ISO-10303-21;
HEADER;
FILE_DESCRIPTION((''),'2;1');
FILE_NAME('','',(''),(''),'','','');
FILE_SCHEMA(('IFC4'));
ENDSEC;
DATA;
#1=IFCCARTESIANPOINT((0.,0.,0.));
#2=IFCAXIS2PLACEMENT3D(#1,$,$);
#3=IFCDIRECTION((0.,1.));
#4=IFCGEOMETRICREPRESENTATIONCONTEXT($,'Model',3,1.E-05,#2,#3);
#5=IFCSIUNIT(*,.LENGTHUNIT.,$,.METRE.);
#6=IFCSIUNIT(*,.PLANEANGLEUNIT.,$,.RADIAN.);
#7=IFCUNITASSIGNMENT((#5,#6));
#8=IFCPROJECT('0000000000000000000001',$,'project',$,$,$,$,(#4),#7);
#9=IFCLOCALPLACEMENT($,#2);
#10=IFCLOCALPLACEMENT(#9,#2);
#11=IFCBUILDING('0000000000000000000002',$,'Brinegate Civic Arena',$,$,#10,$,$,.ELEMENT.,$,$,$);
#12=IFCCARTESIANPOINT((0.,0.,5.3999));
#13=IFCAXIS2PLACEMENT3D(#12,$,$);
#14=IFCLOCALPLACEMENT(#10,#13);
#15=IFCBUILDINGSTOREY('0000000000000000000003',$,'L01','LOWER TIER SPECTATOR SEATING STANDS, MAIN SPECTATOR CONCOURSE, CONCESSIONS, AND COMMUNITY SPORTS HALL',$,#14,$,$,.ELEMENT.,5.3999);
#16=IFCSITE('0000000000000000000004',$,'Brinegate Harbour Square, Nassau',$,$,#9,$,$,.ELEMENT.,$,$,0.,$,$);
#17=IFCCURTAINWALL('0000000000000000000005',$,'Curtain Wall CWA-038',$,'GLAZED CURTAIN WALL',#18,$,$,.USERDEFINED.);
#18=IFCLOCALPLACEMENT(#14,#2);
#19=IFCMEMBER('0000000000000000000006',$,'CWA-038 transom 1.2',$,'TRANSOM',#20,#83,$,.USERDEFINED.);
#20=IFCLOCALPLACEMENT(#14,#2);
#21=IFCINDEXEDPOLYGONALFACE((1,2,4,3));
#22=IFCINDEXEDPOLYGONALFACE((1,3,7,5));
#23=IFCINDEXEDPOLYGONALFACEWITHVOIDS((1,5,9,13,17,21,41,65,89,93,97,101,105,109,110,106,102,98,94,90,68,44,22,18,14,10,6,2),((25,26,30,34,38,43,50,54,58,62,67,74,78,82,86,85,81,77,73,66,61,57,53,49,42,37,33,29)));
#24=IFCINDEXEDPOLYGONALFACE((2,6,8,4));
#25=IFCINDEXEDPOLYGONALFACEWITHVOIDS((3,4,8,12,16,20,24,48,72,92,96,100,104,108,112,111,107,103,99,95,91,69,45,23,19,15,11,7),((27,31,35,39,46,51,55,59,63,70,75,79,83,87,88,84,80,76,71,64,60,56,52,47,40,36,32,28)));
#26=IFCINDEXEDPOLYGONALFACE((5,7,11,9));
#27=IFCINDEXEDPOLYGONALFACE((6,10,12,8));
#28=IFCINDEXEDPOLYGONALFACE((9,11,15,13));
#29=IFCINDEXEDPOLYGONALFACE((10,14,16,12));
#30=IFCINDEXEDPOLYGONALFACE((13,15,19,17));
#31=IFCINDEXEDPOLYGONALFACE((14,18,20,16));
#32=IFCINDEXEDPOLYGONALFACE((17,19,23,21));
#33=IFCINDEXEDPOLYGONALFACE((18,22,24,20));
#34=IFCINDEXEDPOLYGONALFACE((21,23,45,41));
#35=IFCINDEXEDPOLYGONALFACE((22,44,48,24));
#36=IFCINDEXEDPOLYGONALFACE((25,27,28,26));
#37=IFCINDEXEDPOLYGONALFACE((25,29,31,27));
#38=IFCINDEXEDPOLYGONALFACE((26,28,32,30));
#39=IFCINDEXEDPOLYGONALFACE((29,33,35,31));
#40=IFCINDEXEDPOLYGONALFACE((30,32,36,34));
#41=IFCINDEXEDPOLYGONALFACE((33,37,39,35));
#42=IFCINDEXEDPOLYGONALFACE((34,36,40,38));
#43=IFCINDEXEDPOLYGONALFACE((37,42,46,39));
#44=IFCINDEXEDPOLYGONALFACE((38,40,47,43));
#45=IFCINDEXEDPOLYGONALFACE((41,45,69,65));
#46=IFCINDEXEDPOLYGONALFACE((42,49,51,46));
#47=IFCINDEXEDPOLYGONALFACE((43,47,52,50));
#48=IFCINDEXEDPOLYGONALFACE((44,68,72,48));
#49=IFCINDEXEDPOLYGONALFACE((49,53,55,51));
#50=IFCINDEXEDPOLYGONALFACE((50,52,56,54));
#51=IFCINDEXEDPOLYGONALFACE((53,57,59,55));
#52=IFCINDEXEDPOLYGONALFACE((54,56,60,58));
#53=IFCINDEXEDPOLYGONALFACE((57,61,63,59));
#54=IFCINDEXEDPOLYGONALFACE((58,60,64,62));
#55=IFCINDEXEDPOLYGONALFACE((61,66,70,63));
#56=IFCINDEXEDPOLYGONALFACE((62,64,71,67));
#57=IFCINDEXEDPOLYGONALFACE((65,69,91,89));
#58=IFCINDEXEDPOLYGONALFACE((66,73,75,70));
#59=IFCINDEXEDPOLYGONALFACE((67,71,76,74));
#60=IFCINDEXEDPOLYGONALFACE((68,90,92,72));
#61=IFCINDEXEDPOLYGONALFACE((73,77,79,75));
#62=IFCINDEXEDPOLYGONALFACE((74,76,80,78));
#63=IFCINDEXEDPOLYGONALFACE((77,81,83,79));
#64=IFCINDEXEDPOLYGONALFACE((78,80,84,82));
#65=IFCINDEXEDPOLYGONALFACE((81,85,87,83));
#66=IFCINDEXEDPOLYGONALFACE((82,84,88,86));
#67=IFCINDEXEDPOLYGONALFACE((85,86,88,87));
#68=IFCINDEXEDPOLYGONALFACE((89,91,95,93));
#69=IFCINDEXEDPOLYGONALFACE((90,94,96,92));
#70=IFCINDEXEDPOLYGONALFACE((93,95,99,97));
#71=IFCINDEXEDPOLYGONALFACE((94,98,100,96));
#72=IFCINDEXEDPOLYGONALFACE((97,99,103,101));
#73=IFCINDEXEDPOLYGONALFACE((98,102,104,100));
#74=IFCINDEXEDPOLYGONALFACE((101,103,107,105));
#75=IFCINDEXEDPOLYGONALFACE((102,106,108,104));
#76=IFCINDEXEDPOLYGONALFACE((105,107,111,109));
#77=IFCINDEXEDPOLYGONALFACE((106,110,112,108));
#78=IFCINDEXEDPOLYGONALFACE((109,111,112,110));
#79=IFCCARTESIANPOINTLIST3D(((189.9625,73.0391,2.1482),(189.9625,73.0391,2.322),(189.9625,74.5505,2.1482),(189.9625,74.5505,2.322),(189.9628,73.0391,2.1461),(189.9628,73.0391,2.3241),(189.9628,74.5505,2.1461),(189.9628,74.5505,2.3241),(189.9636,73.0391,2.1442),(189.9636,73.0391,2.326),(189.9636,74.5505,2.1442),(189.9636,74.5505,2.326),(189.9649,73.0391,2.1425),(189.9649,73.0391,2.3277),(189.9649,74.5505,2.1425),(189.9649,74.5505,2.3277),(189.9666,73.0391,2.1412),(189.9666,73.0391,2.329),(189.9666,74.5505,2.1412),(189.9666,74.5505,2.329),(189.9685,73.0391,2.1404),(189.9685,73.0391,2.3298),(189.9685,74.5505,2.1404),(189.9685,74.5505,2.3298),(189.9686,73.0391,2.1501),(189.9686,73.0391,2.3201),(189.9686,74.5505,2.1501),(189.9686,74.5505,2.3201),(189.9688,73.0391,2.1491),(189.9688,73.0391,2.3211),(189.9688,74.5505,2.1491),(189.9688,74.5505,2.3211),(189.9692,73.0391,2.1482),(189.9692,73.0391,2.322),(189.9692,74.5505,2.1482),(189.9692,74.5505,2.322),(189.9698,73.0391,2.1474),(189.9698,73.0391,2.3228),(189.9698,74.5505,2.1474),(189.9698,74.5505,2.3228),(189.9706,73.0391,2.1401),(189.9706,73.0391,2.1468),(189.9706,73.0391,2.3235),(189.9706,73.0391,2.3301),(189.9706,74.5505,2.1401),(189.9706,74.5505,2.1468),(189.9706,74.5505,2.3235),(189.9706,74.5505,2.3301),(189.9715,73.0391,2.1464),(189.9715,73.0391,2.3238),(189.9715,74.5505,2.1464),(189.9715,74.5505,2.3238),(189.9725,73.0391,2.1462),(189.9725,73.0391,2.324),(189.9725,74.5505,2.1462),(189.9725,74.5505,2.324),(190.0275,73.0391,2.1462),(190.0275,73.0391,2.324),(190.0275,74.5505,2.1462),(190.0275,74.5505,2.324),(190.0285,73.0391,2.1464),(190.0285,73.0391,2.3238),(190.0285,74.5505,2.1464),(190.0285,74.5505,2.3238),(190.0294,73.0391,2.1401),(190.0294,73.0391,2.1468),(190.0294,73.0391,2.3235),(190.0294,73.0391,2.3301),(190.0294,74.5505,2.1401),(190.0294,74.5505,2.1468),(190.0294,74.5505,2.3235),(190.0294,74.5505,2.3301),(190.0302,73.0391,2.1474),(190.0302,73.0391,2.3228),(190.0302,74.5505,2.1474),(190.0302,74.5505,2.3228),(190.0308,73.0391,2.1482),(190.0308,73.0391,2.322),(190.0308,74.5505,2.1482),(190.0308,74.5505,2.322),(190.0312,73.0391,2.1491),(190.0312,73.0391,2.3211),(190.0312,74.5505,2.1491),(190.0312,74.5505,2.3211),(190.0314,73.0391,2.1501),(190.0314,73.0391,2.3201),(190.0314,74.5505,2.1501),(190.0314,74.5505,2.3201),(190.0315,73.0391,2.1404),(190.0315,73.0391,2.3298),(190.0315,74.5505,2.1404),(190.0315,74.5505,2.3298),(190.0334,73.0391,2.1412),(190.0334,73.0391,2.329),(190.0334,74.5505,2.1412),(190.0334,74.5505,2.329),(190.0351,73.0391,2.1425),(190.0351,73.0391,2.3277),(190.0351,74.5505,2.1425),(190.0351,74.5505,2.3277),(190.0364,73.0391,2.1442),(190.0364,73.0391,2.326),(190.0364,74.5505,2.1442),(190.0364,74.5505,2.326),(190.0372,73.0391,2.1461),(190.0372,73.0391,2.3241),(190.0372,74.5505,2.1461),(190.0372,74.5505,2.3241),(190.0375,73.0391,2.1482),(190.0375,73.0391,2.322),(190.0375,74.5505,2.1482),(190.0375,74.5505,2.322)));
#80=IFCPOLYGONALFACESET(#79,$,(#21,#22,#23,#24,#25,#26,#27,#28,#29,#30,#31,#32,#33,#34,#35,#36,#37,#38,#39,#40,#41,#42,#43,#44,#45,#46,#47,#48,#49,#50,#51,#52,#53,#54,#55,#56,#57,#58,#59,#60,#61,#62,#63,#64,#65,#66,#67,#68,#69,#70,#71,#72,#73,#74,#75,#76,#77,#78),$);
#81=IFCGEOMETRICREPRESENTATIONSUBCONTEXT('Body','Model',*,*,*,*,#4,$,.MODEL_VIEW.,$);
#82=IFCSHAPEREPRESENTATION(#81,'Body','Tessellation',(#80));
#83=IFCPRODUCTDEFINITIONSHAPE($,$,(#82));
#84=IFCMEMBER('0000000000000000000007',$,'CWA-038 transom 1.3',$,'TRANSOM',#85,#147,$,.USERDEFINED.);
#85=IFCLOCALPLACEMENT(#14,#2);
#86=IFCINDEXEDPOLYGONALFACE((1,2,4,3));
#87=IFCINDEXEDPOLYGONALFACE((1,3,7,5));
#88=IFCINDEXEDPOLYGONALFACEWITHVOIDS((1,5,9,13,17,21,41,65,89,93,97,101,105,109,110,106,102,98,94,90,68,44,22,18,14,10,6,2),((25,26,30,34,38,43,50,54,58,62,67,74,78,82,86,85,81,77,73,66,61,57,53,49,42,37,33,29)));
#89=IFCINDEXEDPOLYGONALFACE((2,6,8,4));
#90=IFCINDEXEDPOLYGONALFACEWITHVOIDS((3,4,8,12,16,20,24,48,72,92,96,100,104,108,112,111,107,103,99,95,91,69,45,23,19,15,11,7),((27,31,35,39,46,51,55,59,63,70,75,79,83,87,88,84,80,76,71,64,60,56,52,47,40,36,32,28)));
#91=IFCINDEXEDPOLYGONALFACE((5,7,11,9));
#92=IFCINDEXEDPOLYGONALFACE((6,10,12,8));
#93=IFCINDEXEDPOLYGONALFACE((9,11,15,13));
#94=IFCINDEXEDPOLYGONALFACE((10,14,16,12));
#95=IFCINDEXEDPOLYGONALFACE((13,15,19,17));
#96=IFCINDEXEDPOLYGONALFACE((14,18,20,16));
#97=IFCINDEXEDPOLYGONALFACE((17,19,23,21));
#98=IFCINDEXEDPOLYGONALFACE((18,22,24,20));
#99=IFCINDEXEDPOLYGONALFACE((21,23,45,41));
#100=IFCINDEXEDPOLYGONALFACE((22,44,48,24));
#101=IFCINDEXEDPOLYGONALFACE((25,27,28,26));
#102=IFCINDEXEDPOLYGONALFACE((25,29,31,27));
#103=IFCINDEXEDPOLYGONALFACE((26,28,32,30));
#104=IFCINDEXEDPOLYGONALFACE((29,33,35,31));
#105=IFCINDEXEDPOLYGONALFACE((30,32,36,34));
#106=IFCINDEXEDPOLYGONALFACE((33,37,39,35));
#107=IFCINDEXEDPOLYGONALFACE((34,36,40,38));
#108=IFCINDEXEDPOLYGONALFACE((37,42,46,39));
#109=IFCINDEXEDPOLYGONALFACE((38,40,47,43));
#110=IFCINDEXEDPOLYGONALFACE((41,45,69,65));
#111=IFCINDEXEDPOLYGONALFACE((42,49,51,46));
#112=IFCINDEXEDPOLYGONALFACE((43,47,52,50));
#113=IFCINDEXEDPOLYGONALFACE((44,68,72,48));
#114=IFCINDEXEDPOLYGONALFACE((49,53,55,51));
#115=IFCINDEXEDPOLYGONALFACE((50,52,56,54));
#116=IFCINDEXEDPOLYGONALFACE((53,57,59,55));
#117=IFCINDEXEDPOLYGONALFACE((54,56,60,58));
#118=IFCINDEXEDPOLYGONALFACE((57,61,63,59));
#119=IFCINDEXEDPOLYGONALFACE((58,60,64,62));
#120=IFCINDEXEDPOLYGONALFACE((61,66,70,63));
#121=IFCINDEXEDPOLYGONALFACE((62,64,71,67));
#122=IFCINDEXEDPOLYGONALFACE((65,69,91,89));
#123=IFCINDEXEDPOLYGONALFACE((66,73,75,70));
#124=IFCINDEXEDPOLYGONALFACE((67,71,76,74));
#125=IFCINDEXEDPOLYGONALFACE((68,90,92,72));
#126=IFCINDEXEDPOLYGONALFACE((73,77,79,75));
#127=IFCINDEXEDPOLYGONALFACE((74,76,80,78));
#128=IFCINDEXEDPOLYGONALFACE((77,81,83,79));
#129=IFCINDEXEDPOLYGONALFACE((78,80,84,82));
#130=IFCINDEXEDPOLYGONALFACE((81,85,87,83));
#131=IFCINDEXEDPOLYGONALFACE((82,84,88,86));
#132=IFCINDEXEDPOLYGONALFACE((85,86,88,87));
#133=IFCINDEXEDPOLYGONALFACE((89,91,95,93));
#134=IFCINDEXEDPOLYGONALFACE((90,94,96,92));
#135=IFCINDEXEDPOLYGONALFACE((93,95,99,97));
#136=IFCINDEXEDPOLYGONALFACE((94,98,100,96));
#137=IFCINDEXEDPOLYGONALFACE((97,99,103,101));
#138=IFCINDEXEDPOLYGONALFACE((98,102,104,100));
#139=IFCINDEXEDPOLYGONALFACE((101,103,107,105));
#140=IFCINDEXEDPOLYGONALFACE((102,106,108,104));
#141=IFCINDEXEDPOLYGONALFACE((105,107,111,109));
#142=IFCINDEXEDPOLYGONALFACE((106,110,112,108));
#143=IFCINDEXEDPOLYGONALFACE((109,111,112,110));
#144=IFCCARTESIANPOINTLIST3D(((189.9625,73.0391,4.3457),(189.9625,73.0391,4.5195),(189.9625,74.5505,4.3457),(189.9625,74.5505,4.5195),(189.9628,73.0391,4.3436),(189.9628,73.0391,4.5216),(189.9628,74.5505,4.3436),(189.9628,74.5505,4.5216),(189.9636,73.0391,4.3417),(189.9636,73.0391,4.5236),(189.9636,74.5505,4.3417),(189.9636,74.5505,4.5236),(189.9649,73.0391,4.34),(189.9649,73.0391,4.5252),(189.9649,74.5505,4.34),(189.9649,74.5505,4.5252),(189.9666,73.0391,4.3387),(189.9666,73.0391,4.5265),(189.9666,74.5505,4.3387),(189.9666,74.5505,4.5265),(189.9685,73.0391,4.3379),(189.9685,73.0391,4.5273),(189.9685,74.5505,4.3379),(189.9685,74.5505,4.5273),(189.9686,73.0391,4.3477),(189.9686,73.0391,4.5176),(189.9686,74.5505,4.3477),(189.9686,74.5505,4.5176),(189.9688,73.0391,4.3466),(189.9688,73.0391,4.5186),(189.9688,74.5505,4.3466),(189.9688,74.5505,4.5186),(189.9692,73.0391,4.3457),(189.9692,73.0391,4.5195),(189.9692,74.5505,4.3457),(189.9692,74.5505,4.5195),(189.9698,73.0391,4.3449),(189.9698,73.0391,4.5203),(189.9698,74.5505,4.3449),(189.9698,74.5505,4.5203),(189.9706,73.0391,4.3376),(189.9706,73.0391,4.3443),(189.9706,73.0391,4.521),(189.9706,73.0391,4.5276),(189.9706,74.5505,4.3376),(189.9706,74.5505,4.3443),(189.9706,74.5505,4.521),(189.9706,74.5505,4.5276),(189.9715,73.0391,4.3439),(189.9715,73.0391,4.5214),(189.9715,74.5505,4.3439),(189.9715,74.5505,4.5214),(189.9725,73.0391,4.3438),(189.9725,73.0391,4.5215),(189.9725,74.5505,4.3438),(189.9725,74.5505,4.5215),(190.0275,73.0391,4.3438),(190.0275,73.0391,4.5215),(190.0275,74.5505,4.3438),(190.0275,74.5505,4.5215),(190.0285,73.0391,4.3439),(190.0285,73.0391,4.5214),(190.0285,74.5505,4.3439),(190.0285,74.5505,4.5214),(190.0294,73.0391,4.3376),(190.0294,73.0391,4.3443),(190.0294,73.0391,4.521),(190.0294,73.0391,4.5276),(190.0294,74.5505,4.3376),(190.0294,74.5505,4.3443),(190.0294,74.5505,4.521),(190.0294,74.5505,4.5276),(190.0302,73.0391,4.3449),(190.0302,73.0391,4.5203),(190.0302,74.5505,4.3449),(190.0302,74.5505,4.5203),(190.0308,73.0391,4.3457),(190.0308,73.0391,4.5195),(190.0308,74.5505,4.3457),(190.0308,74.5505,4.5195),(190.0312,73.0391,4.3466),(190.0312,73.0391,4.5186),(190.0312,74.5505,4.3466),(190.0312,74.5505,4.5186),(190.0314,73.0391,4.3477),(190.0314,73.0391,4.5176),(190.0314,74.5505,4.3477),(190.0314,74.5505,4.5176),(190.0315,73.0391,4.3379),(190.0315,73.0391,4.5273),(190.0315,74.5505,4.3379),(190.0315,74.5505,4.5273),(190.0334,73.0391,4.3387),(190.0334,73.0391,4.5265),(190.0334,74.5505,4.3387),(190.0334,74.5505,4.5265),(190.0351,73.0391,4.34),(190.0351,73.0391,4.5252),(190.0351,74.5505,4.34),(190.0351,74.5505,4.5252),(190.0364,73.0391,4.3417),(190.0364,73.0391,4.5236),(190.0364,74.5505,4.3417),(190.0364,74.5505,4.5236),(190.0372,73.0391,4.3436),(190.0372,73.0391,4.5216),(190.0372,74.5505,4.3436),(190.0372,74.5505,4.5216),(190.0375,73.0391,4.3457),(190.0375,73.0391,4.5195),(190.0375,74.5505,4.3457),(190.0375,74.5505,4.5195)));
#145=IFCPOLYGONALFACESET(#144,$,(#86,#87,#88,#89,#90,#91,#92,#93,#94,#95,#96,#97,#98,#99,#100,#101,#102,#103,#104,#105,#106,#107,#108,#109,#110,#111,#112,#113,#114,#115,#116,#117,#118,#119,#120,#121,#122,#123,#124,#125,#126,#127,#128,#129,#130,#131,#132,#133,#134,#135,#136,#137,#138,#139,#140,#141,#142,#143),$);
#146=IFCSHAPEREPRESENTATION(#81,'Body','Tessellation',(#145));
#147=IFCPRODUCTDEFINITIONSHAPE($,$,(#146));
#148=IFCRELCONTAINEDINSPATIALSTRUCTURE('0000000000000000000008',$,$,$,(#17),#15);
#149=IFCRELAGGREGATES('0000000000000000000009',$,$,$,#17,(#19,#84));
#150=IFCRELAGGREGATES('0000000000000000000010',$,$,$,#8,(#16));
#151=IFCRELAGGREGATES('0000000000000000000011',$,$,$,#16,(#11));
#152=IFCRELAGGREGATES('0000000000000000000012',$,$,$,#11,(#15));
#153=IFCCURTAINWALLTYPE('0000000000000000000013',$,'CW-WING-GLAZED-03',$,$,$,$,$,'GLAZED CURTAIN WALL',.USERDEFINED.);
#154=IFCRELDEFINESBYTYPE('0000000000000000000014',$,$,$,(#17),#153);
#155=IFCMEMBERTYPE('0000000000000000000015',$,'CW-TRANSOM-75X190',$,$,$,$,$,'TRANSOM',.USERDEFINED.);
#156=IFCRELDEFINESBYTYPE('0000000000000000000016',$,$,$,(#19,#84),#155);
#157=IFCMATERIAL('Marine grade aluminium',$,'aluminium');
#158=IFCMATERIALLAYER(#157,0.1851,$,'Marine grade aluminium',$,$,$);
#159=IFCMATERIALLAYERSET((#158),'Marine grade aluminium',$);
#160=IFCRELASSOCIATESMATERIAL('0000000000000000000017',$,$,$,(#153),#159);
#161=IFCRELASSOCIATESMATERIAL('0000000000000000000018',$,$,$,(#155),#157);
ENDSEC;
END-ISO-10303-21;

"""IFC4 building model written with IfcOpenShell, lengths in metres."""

from ifc_helpers import new_model, si_unit, direction, frame, origin, origin_2d, place, context, subcontext, project, spatial, hollow_rectangle, extrude, material, layer, layer_set, material_profile, profile_set, type_object, element, aggregate, save


model = new_model("IFC4")

# Units and contexts
model_context = context("Model", 3, precision=1e-05, world=origin(), true_north=direction((0.0, 1.0)))
body_context = subcontext(model_context, "Body", "Model", "MODEL_VIEW")
ifc_project = project(units=[si_unit("LENGTHUNIT", "METRE"), si_unit("PLANEANGLEUNIT", "RADIAN")], contexts=[model_context])

# Site, building, storey
site_placement = place(None, origin())
site = spatial("IfcSite", under=ifc_project, at=site_placement, Name="Brinegate Harbour Square, Nassau", CompositionType="ELEMENT", RefElevation=0.0)
building_placement = place(site_placement, origin())
building = spatial("IfcBuilding", under=site, at=building_placement, Name="Brinegate Civic Arena", CompositionType="ELEMENT")
storey_placement = place(building_placement, frame((0.0, 0.0, 5.3999)))
storey = spatial("IfcBuildingStorey", under=building, at=storey_placement, Name="L01", Description="LOWER TIER SPECTATOR SEATING STANDS, MAIN SPECTATOR CONCOURSE, CONCESSIONS, AND COMMUNITY SPORTS HALL", CompositionType="ELEMENT", Elevation=5.3999)

# Curtain wall
ifc_material_1 = material(Name="Marine grade aluminium", Category="aluminium")
ifc_layer_1 = layer(ifc_material_1, 0.1851, Name="Marine grade aluminium")
ifc_layer_set_1 = layer_set([ifc_layer_1], Name="Marine grade aluminium")
curtain_wall_type = type_object("IfcCurtainWallType", Name="CW-WING-GLAZED-03", ElementType="GLAZED CURTAIN WALL", PredefinedType="USERDEFINED", material=ifc_layer_set_1)
curtain_wall_1_placement = place(storey_placement, origin())
curtain_wall_1 = element("IfcCurtainWall", 1, at=curtain_wall_1_placement, inside=storey, type_object=curtain_wall_type, Name="Curtain Wall CWA-038", ObjectType="GLAZED CURTAIN WALL", PredefinedType="USERDEFINED")

# Members
ifc_material_profile_1 = material_profile(ifc_material_1, hollow_rectangle(XDim=0.075, YDim=0.1899, WallThickness=0.0061, InnerFilletRadius=0.0039, OuterFilletRadius=0.0081, at=origin_2d()), Name="TRN75X190")
ifc_profile_set_1 = profile_set([ifc_material_profile_1], Name="Marine grade aluminium")
member_type_1 = type_object("IfcMemberType", Name="CW-TRANSOM-75X190", ElementType="TRANSOM", PredefinedType="USERDEFINED", material=ifc_profile_set_1)
member_1_placement = place(storey_placement, frame((190.0, 73.0391, 2.2351), z_axis=(0.0, 1.0, 0.0), x_axis=(-1.0, 0.0, 0.0)))
member_1 = element("IfcMember", 2, at=member_1_placement, type_object=member_type_1, Name="CWA-038 transom 1.2", ObjectType="TRANSOM", PredefinedType="USERDEFINED", context=body_context, shape_type="SweptSolid", body=[
    extrude(hollow_rectangle(XDim=0.075, YDim=0.1899, WallThickness=0.0061, InnerFilletRadius=0.0039, OuterFilletRadius=0.0081, at=origin_2d()), origin(), (0.0, 0.0, 1.0), 1.5115),
])
member_2_placement = place(storey_placement, frame((190.0, 73.0391, 4.4326), z_axis=(0.0, 1.0, 0.0), x_axis=(-1.0, 0.0, 0.0)))
member_2 = element("IfcMember", 3, at=member_2_placement, type_object=member_type_1, Name="CWA-038 transom 1.3", ObjectType="TRANSOM", PredefinedType="USERDEFINED", context=body_context, shape_type="SweptSolid", body=[
    extrude(hollow_rectangle(XDim=0.075, YDim=0.1899, WallThickness=0.0061, InnerFilletRadius=0.0039, OuterFilletRadius=0.0081, at=origin_2d()), origin(), (0.0, 0.0, 1.0), 1.5115),
])

aggregate(curtain_wall_1, [member_1, member_2])

save(model, "model.ifc")
